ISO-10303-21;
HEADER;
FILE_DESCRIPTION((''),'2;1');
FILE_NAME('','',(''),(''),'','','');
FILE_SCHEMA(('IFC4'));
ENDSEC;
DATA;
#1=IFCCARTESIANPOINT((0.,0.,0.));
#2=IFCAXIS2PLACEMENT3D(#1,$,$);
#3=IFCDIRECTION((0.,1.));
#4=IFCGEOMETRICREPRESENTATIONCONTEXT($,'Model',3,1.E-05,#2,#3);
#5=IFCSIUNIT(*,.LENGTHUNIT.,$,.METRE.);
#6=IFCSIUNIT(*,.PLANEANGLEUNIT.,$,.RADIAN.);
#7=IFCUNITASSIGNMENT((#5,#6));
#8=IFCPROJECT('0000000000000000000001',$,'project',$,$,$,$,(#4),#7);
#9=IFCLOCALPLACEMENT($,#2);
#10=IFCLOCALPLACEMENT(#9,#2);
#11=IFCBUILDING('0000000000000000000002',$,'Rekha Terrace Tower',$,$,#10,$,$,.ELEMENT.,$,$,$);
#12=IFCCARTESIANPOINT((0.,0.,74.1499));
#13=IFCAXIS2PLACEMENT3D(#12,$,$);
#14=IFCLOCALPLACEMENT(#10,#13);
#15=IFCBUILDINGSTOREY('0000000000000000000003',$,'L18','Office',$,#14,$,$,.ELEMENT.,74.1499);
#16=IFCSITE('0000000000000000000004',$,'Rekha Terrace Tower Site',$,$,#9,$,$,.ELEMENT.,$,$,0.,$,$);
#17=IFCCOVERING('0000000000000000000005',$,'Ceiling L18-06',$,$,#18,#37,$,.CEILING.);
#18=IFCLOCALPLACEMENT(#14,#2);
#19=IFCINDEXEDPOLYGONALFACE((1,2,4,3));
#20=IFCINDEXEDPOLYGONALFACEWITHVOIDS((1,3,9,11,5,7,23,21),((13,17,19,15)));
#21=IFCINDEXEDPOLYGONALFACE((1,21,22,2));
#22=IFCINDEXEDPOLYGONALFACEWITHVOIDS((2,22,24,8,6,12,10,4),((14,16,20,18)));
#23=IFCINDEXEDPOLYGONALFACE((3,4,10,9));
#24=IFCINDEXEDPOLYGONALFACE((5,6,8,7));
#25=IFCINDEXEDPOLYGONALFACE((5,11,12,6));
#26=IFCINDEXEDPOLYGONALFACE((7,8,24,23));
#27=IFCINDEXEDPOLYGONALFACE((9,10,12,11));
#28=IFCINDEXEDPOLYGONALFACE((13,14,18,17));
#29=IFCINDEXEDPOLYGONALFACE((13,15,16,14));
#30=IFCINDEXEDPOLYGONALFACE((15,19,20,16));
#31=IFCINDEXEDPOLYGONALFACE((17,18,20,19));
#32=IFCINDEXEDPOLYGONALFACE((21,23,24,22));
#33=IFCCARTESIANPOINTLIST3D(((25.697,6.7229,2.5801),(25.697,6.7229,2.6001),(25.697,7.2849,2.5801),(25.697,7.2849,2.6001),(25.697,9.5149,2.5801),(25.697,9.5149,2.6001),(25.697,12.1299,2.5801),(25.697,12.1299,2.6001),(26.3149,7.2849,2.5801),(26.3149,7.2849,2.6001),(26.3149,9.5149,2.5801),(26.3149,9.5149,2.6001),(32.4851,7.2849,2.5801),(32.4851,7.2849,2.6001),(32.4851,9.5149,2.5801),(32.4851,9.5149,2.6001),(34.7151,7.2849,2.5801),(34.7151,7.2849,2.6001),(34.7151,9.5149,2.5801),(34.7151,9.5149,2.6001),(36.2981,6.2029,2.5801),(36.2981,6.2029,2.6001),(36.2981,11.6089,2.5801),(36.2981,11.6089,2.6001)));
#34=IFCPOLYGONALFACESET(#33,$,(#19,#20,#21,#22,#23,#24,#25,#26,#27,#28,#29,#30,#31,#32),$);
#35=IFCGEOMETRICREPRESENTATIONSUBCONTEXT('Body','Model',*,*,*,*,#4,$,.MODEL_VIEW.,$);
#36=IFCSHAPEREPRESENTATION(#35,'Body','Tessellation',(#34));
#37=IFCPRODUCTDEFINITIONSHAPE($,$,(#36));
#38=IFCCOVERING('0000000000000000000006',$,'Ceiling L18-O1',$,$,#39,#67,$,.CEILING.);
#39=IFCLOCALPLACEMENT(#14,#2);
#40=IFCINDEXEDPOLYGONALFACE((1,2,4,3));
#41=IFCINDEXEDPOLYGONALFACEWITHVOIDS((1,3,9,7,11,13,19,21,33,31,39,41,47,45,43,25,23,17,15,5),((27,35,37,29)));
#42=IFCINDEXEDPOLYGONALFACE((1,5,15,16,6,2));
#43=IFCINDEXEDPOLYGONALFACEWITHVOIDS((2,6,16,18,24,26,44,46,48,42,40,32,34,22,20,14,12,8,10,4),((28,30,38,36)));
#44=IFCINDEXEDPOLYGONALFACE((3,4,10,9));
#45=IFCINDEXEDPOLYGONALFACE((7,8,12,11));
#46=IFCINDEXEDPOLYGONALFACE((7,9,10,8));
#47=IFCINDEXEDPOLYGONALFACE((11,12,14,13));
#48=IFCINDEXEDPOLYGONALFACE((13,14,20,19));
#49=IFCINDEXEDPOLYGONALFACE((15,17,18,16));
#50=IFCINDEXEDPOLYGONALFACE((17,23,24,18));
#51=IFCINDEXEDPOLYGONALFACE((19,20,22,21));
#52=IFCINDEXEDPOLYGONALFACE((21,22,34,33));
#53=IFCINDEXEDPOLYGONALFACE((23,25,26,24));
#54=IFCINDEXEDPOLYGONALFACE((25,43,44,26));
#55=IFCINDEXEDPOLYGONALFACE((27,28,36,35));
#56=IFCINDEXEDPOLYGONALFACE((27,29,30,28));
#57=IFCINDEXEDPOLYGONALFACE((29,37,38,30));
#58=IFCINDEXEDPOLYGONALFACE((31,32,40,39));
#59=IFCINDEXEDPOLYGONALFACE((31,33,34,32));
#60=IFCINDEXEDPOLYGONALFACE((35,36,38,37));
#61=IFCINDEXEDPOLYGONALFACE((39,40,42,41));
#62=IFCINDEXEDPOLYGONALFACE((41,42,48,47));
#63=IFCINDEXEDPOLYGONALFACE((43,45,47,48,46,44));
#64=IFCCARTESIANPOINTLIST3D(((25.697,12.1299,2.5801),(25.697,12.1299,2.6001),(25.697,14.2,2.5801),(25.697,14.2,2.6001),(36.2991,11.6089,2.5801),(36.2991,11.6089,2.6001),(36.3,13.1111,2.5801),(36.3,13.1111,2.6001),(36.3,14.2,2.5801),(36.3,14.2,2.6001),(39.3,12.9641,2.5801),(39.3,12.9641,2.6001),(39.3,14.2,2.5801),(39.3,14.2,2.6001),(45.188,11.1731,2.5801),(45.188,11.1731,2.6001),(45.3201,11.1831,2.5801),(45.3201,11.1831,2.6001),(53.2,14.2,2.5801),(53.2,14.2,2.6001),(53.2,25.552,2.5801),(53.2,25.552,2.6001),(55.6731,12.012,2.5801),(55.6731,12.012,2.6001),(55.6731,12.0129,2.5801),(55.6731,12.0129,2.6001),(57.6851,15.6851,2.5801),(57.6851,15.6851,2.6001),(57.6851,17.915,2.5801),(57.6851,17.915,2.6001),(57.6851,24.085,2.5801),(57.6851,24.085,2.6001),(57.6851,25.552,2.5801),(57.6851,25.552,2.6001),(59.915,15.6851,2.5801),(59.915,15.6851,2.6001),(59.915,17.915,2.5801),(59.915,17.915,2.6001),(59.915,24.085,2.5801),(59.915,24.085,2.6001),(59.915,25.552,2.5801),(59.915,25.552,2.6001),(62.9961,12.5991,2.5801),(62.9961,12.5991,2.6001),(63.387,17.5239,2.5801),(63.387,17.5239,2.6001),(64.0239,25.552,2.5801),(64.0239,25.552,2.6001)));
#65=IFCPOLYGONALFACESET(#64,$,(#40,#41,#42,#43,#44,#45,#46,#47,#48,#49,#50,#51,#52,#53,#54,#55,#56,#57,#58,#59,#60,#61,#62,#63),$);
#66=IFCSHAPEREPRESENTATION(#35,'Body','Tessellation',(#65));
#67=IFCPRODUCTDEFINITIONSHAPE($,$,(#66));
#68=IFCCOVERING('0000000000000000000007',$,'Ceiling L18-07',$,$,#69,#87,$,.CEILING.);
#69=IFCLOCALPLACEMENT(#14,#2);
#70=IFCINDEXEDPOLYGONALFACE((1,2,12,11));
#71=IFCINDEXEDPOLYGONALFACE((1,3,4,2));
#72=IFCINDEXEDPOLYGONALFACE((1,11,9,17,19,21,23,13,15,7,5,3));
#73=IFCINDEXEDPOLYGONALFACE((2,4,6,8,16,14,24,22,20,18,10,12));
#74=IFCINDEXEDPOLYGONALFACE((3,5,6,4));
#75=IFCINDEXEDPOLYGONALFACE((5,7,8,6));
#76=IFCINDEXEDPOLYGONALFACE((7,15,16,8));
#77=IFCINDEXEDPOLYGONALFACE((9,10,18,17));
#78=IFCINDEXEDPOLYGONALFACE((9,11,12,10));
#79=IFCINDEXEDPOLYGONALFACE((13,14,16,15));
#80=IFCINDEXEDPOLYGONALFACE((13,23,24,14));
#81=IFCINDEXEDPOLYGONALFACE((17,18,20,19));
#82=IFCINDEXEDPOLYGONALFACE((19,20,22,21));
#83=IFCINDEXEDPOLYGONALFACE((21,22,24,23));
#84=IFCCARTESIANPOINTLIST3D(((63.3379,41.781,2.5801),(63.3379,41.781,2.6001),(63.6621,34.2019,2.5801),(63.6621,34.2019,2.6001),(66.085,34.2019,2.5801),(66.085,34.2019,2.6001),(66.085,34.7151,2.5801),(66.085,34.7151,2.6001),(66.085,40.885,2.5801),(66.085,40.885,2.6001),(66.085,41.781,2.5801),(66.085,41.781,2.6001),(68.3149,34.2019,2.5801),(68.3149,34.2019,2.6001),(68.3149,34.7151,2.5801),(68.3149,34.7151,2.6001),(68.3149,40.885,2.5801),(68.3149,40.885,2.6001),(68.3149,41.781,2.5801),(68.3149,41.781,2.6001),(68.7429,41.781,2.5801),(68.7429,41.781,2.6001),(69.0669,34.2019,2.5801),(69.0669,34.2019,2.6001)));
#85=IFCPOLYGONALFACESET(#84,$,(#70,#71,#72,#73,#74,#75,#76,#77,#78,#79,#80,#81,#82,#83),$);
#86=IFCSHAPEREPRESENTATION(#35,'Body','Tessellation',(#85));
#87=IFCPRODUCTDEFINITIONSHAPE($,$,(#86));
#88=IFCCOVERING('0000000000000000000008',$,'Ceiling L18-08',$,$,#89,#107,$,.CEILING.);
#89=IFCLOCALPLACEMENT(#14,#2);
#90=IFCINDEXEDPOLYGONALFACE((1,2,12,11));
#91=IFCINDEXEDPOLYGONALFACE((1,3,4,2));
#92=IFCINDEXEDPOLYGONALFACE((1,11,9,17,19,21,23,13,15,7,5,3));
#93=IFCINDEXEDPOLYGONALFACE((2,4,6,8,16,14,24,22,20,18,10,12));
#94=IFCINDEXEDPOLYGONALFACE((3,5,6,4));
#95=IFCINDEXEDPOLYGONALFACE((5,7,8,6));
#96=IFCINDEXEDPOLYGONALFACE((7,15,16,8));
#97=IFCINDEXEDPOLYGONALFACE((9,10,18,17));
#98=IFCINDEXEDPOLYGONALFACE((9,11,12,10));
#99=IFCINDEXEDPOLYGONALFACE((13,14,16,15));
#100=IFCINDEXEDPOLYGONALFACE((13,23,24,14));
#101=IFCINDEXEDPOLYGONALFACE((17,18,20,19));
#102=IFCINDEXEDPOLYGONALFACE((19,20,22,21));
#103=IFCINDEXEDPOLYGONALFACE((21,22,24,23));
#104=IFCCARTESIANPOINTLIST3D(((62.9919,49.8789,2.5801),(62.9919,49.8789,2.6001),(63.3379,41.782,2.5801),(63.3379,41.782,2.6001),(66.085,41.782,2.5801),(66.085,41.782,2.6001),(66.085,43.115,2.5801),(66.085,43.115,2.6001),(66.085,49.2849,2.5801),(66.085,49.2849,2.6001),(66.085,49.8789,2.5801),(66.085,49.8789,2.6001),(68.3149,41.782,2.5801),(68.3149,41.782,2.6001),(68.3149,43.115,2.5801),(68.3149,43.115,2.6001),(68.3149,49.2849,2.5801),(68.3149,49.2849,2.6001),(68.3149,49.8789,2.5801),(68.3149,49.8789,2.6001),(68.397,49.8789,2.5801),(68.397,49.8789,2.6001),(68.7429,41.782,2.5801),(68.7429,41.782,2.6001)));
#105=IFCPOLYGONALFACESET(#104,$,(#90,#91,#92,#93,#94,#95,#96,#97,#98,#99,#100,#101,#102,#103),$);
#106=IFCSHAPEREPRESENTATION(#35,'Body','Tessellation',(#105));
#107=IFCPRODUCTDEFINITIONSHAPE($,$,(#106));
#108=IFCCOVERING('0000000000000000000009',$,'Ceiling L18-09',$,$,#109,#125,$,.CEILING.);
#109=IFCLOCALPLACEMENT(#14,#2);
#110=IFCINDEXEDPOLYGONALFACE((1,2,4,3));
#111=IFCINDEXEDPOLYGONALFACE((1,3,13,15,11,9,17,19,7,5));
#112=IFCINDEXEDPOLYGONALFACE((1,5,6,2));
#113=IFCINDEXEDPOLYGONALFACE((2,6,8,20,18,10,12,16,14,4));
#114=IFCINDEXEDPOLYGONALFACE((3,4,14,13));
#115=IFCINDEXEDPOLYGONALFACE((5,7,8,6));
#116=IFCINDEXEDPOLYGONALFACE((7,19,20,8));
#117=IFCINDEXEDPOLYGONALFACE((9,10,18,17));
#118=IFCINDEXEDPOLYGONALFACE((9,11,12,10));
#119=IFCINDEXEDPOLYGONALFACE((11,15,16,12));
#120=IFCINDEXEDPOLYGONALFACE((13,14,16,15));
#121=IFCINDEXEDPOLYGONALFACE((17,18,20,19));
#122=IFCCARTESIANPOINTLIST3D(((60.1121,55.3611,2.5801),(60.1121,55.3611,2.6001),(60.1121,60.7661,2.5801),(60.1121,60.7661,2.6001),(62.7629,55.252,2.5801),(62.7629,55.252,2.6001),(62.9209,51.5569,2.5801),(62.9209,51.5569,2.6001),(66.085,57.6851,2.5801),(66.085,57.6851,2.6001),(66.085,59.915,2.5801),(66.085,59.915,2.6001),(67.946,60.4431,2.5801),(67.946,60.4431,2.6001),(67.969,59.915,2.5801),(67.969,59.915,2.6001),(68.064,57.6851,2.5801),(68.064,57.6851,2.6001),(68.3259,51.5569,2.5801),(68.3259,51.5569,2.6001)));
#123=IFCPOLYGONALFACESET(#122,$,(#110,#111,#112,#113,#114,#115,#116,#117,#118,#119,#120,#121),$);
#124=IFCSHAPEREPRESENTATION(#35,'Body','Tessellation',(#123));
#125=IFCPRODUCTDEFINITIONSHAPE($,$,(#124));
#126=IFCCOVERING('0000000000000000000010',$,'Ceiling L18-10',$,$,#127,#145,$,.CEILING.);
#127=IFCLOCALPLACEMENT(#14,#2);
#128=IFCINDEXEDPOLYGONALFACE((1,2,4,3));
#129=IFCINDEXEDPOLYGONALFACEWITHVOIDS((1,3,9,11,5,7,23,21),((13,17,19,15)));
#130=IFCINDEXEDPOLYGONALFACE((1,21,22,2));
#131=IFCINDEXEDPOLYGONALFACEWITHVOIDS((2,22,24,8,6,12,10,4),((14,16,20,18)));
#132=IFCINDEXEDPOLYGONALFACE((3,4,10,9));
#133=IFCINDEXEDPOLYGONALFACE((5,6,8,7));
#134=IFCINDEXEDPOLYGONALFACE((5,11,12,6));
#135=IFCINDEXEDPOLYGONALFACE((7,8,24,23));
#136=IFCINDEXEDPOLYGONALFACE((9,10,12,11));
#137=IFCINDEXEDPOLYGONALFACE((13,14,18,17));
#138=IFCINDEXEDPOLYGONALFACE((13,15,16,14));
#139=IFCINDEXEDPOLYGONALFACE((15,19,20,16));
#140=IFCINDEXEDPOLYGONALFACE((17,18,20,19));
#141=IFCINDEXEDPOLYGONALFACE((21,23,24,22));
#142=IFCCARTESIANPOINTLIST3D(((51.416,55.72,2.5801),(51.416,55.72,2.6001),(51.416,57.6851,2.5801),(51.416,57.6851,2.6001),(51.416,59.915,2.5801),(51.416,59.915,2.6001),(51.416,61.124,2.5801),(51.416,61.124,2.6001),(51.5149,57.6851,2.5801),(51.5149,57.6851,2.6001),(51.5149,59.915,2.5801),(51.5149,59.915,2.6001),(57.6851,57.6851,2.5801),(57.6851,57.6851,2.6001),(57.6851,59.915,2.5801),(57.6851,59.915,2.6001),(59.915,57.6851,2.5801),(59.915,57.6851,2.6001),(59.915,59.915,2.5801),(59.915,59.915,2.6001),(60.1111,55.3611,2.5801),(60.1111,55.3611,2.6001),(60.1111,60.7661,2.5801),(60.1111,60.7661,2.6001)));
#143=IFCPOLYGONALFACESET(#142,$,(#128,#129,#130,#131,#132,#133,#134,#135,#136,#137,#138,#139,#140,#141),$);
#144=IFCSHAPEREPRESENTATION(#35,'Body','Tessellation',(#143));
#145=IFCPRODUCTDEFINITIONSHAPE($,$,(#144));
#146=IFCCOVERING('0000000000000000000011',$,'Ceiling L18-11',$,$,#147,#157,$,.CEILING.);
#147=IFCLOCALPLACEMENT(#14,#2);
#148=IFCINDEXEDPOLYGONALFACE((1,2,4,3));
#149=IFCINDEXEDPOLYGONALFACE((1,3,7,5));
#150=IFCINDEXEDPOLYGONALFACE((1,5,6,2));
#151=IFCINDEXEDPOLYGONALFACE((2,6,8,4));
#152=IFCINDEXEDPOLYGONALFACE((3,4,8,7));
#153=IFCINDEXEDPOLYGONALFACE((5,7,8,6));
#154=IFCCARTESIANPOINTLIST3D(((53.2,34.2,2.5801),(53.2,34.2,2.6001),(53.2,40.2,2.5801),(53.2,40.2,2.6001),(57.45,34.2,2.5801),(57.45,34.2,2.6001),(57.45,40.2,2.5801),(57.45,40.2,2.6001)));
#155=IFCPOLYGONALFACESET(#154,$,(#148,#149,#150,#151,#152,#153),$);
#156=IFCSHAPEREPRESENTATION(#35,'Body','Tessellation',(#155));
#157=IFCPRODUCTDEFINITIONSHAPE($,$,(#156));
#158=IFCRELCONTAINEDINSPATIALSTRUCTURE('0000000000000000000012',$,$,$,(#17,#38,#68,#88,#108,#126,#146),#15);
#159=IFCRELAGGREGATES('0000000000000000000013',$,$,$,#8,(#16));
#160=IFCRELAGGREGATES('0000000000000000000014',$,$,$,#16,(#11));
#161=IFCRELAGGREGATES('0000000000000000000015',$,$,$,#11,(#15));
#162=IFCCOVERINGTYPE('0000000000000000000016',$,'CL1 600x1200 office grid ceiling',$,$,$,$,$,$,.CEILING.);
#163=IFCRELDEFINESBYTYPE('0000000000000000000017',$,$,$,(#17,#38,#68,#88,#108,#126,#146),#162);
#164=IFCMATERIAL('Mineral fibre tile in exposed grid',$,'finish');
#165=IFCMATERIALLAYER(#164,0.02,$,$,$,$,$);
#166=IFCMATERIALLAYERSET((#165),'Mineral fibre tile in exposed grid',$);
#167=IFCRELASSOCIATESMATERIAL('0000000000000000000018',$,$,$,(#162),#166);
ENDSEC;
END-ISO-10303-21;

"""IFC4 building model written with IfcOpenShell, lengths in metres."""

from ifc_helpers import new_model, si_unit, direction, frame, origin, place, context, subcontext, project, spatial, polyline, outline, extrude, material, layer, layer_set, type_object, element, save


model = new_model("IFC4")

# Units and contexts
model_context = context("Model", 3, precision=1e-05, world=origin(), true_north=direction((0.0, 1.0)))
body_context = subcontext(model_context, "Body", "Model", "MODEL_VIEW")
ifc_project = project(units=[si_unit("LENGTHUNIT", "METRE"), si_unit("PLANEANGLEUNIT", "RADIAN")], contexts=[model_context])

# Site, building, storey
site_placement = place(None, origin())
site = spatial("IfcSite", under=ifc_project, at=site_placement, Name="Rekha Terrace Tower Site", CompositionType="ELEMENT", RefElevation=0.0)
building_placement = place(site_placement, origin())
building = spatial("IfcBuilding", under=site, at=building_placement, Name="Rekha Terrace Tower", CompositionType="ELEMENT")
storey_placement = place(building_placement, frame((0.0, 0.0, 74.1499)))
storey = spatial("IfcBuildingStorey", under=building, at=storey_placement, Name="L18", Description="Office", CompositionType="ELEMENT", Elevation=74.1499)

# Coverings
ifc_material_1 = material(Name="Mineral fibre tile in exposed grid", Category="finish")
ifc_layer_1 = layer(ifc_material_1, 0.02)
ifc_layer_set_1 = layer_set([ifc_layer_1], Name="Mineral fibre tile in exposed grid")
covering_type_1 = type_object("IfcCoveringType", Name="CL1 600x1200 office grid ceiling", PredefinedType="CEILING", material=ifc_layer_set_1)
covering_1_placement = place(storey_placement, frame((0.0, 0.0, 2.5801)))
element("IfcCovering", 1, at=covering_1_placement, inside=storey, type_object=covering_type_1, Name="Ceiling L18-06", PredefinedType="CEILING", context=body_context, shape_type="SweptSolid", body=[
    extrude(outline(polyline([(36.2981, 6.2029), (36.2981, 11.6089), (25.697, 12.1299), (25.697, 9.5149), (26.3149, 9.5149), (26.3149, 7.2849), (25.697, 7.2849), (25.697, 6.7229), (36.2981, 6.2029)]), holes=[polyline([(34.7151, 7.2849), (32.4851, 7.2849), (32.4851, 9.5149), (34.7151, 9.5149), (34.7151, 7.2849)])]), origin(), (0.0, 0.0, 1.0), 0.02),
])
covering_2_placement = place(storey_placement, frame((0.0, 0.0, 2.5801)))
element("IfcCovering", 2, at=covering_2_placement, inside=storey, type_object=covering_type_1, Name="Ceiling L18-O1", PredefinedType="CEILING", context=body_context, shape_type="SweptSolid", body=[
    extrude(outline(polyline([(25.697, 12.1299), (36.2991, 11.6089), (45.188, 11.1731), (45.3201, 11.1831), (55.6731, 12.012), (55.6731, 12.0129), (62.9961, 12.5991), (63.387, 17.5239), (64.0239, 25.552), (59.915, 25.552), (59.915, 24.085), (57.6851, 24.085), (57.6851, 25.552), (53.2, 25.552), (53.2, 14.2), (39.3, 14.2), (39.3, 12.9641), (36.3, 13.1111), (36.3, 14.2), (25.697, 14.2), (25.697, 12.1299)]), holes=[polyline([(59.915, 17.915), (59.915, 15.6851), (57.6851, 15.6851), (57.6851, 17.915), (59.915, 17.915)])]), origin(), (0.0, 0.0, 1.0), 0.02),
])
covering_3_placement = place(storey_placement, frame((0.0, 0.0, 2.5801)))
element("IfcCovering", 3, at=covering_3_placement, inside=storey, type_object=covering_type_1, Name="Ceiling L18-07", PredefinedType="CEILING", context=body_context, shape_type="SweptSolid", body=[
    extrude(outline(polyline([(68.3149, 34.2019), (69.0669, 34.2019), (68.7429, 41.781), (68.3149, 41.781), (68.3149, 40.885), (66.085, 40.885), (66.085, 41.781), (63.3379, 41.781), (63.6621, 34.2019), (66.085, 34.2019), (66.085, 34.7151), (68.3149, 34.7151), (68.3149, 34.2019)])), origin(), (0.0, 0.0, 1.0), 0.02),
])
covering_4_placement = place(storey_placement, frame((0.0, 0.0, 2.5801)))
element("IfcCovering", 4, at=covering_4_placement, inside=storey, type_object=covering_type_1, Name="Ceiling L18-08", PredefinedType="CEILING", context=body_context, shape_type="SweptSolid", body=[
    extrude(outline(polyline([(68.3149, 41.782), (68.7429, 41.782), (68.397, 49.8789), (68.3149, 49.8789), (68.3149, 49.2849), (66.085, 49.2849), (66.085, 49.8789), (62.9919, 49.8789), (63.3379, 41.782), (66.085, 41.782), (66.085, 43.115), (68.3149, 43.115), (68.3149, 41.782)])), origin(), (0.0, 0.0, 1.0), 0.02),
])
covering_5_placement = place(storey_placement, frame((0.0, 0.0, 2.5801)))
element("IfcCovering", 5, at=covering_5_placement, inside=storey, type_object=covering_type_1, Name="Ceiling L18-09", PredefinedType="CEILING", context=body_context, shape_type="SweptSolid", body=[
    extrude(outline(polyline([(67.946, 60.4431), (60.1121, 60.7661), (60.1121, 55.3611), (62.7629, 55.252), (62.9209, 51.5569), (68.3259, 51.5569), (68.064, 57.6851), (66.085, 57.6851), (66.085, 59.915), (67.969, 59.915), (67.946, 60.4431)])), origin(), (0.0, 0.0, 1.0), 0.02),
])
covering_6_placement = place(storey_placement, frame((0.0, 0.0, 2.5801)))
element("IfcCovering", 6, at=covering_6_placement, inside=storey, type_object=covering_type_1, Name="Ceiling L18-10", PredefinedType="CEILING", context=body_context, shape_type="SweptSolid", body=[
    extrude(outline(polyline([(60.1111, 55.3611), (60.1111, 60.7661), (51.416, 61.124), (51.416, 59.915), (51.5149, 59.915), (51.5149, 57.6851), (51.416, 57.6851), (51.416, 55.72), (60.1111, 55.3611)]), holes=[polyline([(59.915, 57.6851), (57.6851, 57.6851), (57.6851, 59.915), (59.915, 59.915), (59.915, 57.6851)])]), origin(), (0.0, 0.0, 1.0), 0.02),
])
covering_7_placement = place(storey_placement, frame((0.0, 0.0, 2.5801)))
element("IfcCovering", 7, at=covering_7_placement, inside=storey, type_object=covering_type_1, Name="Ceiling L18-11", PredefinedType="CEILING", context=body_context, shape_type="SweptSolid", body=[
    extrude(outline(polyline([(53.2, 34.2), (57.45, 34.2), (57.45, 40.2), (53.2, 40.2), (53.2, 34.2)])), origin(), (0.0, 0.0, 1.0), 0.02),
])

save(model, "model.ifc")
